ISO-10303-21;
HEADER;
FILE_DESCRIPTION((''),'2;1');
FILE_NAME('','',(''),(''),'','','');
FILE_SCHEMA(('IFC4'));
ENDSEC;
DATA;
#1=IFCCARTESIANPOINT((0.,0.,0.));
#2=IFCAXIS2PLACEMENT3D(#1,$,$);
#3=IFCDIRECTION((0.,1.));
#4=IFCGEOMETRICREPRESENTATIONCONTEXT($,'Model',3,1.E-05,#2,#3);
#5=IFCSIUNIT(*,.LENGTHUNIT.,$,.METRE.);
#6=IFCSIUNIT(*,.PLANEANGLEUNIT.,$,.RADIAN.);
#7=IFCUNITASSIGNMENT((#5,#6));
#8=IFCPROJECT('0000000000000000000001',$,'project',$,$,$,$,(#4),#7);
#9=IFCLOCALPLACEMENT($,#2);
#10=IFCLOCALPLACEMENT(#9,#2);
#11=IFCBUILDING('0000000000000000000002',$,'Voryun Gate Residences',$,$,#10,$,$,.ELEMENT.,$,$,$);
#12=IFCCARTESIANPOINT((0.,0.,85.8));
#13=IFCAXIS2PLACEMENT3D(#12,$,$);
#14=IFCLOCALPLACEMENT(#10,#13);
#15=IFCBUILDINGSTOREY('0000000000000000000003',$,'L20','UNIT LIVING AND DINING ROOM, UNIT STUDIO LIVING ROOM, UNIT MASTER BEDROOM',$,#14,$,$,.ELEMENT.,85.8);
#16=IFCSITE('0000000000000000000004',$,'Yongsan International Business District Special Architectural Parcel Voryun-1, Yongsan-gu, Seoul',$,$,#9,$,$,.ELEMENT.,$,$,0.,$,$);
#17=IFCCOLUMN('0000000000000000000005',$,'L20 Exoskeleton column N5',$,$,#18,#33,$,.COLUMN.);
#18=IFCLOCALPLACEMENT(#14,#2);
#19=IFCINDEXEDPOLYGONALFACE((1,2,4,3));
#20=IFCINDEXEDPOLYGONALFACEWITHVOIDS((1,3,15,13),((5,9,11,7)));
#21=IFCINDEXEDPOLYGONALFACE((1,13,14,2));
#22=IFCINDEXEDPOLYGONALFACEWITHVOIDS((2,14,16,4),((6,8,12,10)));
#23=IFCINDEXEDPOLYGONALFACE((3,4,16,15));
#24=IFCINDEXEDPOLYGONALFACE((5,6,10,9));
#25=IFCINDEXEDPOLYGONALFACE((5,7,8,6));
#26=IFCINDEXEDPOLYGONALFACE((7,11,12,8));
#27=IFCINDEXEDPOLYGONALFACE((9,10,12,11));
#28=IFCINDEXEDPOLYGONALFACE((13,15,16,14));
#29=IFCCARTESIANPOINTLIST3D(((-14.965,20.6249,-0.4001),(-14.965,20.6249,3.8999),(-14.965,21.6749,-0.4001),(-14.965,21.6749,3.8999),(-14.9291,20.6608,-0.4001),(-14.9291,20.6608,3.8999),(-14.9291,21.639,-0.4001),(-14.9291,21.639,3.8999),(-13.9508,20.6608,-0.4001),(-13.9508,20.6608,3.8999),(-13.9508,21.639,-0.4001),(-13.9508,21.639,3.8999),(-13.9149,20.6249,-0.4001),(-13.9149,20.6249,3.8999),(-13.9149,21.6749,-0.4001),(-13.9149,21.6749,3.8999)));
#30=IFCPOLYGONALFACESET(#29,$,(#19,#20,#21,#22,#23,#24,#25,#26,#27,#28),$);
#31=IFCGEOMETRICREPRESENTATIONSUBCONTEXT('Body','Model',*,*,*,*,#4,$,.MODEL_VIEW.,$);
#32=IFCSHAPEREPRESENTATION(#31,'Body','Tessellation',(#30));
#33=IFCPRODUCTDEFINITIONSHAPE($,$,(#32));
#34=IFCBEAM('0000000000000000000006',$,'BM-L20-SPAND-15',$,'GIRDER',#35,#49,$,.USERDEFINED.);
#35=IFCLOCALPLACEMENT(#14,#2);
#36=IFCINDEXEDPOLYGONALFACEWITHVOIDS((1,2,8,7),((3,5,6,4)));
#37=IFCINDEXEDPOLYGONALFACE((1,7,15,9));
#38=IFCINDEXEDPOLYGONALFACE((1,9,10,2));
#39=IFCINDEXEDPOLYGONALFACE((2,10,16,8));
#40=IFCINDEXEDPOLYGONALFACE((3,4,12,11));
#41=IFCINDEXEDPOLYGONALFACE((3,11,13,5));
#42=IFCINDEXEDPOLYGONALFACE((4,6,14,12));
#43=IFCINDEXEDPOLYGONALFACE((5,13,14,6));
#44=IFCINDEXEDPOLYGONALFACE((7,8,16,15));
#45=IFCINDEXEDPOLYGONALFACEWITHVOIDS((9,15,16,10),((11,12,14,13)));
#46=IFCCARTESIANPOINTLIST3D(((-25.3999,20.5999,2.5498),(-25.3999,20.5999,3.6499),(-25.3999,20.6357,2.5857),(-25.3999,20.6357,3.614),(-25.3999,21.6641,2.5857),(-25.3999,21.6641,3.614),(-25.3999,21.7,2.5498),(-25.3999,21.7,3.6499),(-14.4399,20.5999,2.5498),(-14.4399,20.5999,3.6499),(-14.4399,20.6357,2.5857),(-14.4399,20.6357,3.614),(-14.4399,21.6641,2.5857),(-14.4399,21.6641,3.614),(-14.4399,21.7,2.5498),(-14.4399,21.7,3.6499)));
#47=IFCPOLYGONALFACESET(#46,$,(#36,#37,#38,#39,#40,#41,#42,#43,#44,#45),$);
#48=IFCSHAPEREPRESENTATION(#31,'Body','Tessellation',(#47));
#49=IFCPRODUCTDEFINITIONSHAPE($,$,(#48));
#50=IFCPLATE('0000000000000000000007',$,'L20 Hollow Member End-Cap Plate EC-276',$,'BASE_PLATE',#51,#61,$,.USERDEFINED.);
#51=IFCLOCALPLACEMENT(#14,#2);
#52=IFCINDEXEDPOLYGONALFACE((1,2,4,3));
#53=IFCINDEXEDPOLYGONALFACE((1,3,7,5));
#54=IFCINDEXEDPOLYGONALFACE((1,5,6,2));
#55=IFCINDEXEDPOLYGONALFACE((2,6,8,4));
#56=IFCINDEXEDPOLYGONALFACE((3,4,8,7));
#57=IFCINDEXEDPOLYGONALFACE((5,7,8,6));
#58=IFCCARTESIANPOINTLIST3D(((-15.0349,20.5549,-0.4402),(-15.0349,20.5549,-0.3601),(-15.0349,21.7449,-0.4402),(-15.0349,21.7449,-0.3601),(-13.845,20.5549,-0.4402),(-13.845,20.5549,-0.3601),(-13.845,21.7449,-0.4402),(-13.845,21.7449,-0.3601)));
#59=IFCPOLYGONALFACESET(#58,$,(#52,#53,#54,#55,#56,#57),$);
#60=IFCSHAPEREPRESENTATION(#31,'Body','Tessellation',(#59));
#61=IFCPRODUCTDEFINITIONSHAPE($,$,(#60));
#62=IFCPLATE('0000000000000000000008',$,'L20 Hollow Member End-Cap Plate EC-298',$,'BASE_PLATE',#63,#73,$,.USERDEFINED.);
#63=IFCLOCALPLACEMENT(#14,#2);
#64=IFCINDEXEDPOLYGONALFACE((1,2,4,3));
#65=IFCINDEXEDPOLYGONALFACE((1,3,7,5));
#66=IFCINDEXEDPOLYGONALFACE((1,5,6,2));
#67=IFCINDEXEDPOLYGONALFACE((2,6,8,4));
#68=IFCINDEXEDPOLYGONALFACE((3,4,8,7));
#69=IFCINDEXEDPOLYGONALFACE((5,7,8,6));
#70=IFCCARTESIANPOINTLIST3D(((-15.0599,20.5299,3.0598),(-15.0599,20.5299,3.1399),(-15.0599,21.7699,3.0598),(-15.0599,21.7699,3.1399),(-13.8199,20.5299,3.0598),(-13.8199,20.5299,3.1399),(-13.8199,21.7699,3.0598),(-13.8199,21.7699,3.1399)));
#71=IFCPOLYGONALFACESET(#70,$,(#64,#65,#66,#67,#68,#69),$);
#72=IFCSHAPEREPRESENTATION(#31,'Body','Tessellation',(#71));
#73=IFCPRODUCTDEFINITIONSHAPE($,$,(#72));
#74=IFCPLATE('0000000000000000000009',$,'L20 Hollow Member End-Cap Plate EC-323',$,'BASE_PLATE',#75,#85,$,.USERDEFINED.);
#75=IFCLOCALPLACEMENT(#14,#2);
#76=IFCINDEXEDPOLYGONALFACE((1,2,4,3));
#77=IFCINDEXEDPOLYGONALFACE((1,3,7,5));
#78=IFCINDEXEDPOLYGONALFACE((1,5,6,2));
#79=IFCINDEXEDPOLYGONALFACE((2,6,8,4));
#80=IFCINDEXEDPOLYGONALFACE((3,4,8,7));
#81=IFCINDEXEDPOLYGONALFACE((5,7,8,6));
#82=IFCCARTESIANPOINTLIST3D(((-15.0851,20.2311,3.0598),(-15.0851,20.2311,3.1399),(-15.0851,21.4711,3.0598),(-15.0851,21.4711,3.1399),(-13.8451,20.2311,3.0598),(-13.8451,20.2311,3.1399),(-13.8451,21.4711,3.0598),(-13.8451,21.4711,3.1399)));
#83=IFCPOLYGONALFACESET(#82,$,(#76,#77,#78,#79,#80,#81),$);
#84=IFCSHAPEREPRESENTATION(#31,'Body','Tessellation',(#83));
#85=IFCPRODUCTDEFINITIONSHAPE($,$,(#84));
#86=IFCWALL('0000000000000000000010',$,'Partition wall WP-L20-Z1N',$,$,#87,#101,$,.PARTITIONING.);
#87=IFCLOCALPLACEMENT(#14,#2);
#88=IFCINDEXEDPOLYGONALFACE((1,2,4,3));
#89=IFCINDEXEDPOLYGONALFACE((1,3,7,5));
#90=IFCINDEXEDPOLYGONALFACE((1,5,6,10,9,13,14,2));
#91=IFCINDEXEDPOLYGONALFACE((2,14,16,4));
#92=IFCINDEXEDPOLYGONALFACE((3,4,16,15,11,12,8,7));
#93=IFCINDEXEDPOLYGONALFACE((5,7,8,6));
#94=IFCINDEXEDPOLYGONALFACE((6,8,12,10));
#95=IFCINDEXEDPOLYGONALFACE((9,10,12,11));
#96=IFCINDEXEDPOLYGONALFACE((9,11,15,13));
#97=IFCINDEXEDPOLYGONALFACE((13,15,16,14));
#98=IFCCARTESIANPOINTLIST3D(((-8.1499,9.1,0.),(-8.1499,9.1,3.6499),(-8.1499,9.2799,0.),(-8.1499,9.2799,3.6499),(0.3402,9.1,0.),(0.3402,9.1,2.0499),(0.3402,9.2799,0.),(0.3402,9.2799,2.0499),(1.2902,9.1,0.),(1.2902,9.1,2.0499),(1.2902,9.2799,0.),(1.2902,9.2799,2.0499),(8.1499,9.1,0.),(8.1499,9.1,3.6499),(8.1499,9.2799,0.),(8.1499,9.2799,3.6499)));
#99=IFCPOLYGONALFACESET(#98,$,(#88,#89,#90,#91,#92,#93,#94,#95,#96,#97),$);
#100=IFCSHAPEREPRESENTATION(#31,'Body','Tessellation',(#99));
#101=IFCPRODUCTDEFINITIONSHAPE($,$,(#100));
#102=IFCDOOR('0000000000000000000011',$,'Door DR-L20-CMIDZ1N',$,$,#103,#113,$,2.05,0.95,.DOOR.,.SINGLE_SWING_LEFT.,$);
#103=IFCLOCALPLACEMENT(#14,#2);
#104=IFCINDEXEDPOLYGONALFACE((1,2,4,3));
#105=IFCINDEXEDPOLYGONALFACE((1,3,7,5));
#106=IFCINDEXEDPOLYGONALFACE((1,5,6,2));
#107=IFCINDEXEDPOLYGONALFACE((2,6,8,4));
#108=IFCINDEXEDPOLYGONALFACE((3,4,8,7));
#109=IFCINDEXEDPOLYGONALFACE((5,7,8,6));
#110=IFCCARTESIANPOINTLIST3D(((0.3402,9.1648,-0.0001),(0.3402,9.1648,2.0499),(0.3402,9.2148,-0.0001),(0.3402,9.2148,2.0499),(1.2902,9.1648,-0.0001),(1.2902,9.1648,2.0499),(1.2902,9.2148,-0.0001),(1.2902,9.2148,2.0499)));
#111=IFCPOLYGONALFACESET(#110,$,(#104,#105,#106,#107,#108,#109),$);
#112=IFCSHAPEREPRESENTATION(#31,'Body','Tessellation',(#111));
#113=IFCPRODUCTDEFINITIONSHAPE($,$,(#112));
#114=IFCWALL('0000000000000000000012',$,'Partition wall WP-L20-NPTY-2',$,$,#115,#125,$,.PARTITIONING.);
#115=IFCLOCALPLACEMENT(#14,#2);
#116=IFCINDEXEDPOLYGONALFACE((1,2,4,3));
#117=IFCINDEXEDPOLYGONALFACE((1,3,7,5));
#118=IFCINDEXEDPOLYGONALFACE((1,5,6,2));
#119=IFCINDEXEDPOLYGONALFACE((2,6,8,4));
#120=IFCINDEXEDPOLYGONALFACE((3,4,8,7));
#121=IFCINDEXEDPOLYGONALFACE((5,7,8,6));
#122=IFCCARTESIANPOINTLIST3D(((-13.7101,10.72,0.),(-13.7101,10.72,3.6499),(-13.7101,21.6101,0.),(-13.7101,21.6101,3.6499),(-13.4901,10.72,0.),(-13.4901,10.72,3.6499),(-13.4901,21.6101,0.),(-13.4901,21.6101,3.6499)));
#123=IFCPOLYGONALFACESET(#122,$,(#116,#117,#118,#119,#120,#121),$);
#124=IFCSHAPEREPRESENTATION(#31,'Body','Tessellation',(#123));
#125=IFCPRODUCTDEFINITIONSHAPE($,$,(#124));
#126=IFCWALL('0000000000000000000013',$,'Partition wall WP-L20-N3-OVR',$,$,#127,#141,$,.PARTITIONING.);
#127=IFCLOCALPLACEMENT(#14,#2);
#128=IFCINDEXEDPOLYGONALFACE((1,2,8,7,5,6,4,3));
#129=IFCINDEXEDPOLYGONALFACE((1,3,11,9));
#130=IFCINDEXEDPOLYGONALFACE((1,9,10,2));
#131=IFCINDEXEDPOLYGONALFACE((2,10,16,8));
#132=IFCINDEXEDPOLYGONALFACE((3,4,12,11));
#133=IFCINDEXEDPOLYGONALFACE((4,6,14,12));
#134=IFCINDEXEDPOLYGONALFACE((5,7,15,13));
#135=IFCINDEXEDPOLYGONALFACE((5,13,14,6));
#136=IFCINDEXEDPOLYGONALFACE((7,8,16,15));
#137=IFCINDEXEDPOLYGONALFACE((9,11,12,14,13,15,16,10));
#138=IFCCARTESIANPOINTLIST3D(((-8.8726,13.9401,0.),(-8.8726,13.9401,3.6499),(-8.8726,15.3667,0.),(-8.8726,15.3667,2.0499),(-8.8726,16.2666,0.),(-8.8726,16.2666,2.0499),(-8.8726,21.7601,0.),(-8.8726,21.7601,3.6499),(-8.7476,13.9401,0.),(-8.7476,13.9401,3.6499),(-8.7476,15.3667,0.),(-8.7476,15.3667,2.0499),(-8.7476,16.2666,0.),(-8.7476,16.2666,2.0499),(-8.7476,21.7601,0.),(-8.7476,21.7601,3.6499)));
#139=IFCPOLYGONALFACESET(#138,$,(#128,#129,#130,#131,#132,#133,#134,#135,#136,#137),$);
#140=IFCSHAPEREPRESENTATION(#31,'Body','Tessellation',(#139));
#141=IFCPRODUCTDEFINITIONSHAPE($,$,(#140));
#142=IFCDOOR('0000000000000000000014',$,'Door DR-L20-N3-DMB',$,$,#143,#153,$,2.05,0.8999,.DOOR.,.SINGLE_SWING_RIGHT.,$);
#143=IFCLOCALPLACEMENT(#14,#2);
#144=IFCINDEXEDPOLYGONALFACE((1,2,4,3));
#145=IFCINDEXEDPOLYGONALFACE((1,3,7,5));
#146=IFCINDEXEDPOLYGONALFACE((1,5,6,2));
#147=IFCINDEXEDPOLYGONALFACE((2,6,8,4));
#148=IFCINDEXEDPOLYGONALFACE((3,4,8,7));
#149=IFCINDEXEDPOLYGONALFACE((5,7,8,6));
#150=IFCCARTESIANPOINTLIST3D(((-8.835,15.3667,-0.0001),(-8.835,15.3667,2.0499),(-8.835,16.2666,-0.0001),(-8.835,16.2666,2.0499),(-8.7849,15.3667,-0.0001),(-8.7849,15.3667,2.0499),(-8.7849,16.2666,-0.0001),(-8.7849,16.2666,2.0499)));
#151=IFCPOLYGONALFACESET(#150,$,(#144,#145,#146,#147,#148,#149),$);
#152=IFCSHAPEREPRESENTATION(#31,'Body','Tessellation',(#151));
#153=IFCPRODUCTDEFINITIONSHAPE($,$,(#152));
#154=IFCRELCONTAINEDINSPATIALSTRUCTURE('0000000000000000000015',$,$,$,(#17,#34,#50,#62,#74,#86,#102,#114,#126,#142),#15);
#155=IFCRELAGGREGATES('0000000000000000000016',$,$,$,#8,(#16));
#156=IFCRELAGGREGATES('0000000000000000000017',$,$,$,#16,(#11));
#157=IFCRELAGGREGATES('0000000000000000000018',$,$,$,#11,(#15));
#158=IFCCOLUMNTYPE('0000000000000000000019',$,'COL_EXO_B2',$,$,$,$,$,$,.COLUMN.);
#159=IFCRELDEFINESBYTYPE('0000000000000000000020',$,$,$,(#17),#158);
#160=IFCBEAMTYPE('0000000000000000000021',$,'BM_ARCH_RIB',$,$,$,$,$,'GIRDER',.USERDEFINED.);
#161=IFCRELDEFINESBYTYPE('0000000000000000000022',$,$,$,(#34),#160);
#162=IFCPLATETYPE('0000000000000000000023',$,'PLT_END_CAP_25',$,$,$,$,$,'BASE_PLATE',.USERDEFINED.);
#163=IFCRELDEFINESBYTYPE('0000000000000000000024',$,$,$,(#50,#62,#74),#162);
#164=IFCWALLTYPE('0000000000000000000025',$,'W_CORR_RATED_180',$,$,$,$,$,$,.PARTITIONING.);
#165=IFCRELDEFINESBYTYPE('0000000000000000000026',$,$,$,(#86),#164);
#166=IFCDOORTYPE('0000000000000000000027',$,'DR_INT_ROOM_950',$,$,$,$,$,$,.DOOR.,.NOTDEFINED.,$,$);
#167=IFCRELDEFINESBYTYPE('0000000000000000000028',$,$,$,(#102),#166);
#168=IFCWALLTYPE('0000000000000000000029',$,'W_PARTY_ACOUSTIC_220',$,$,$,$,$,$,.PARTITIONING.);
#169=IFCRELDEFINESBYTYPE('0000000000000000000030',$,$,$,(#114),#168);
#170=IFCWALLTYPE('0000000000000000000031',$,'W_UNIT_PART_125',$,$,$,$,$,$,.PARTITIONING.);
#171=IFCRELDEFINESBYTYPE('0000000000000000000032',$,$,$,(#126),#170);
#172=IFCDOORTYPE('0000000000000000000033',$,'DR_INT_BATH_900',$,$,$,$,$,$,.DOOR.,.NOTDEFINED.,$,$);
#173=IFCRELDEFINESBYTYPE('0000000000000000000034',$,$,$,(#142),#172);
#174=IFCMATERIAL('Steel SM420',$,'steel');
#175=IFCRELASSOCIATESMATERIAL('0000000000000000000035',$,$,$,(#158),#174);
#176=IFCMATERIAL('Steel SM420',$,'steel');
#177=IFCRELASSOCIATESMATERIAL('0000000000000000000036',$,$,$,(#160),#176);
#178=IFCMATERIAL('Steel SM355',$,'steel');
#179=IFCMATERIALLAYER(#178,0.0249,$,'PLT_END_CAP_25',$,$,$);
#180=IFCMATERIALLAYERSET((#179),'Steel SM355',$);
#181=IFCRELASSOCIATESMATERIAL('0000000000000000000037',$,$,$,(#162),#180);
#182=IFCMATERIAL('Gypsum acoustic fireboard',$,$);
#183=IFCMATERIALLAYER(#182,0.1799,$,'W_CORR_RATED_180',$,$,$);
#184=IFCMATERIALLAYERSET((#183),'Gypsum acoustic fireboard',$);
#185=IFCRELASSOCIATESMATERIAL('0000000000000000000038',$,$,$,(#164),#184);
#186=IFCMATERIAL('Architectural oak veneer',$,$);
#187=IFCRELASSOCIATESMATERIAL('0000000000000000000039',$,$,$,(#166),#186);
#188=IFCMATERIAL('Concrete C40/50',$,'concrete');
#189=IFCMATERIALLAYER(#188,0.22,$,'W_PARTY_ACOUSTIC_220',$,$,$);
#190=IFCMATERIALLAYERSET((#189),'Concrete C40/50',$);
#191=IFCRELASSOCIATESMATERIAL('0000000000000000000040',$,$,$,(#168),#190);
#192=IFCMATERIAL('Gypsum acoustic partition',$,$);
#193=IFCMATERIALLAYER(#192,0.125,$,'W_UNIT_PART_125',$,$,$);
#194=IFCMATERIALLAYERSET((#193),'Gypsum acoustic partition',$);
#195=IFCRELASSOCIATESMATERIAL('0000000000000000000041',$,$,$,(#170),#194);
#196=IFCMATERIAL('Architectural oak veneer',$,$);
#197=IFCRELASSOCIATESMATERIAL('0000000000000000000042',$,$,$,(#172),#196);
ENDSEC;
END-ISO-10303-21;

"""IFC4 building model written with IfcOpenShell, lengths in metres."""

from ifc_helpers import new_model, si_unit, direction, frame, frame_2d, origin, origin_2d, place, context, subcontext, project, spatial, rectangle, hollow_rectangle, extrude, material, layer, layer_set, material_profile, profile_set, type_object, element, fill, save


model = new_model("IFC4")

# Units and contexts
model_context = context("Model", 3, precision=1e-05, world=origin(), true_north=direction((0.0, 1.0)))
body_context = subcontext(model_context, "Body", "Model", "MODEL_VIEW")
ifc_project = project(units=[si_unit("LENGTHUNIT", "METRE"), si_unit("PLANEANGLEUNIT", "RADIAN")], contexts=[model_context])

# Site, building, storey
site_placement = place(None, origin())
site = spatial("IfcSite", under=ifc_project, at=site_placement, Name="Yongsan International Business District Special Architectural Parcel Voryun-1, Yongsan-gu, Seoul", CompositionType="ELEMENT", RefElevation=0.0)
building_placement = place(site_placement, origin())
building = spatial("IfcBuilding", under=site, at=building_placement, Name="Voryun Gate Residences", CompositionType="ELEMENT")
storey_placement = place(building_placement, frame((0.0, 0.0, 85.8)))
storey = spatial("IfcBuildingStorey", under=building, at=storey_placement, Name="L20", Description="UNIT LIVING AND DINING ROOM, UNIT STUDIO LIVING ROOM, UNIT MASTER BEDROOM", CompositionType="ELEMENT", Elevation=85.8)

# Column
ifc_material_1 = material(Name="Steel SM420", Category="steel")
ifc_material_profile_1 = material_profile(ifc_material_1, hollow_rectangle(XDim=1.05, YDim=1.05, WallThickness=0.0359, at=origin_2d()), Name="BOX-1050x1050x36")
ifc_profile_set_1 = profile_set([ifc_material_profile_1], Name="Steel SM420")
column_type = type_object("IfcColumnType", Name="COL_EXO_B2", PredefinedType="COLUMN", material=ifc_profile_set_1)
column_placement = place(storey_placement, frame((-14.4399, 21.1499, -0.4001), z_axis=(0.0, 0.0, 1.0), x_axis=(1.0, 0.0, 0.0)))
element("IfcColumn", 1, at=column_placement, inside=storey, type_object=column_type, Name="L20 Exoskeleton column N5", PredefinedType="COLUMN", context=body_context, shape_type="SweptSolid", body=[
    extrude(hollow_rectangle(XDim=1.05, YDim=1.05, WallThickness=0.0359, at=origin_2d()), origin(), (0.0, 0.0, 1.0), 4.3),
])

# Beam
ifc_material_2 = material(Name="Steel SM420", Category="steel")
ifc_material_profile_2 = material_profile(ifc_material_2, hollow_rectangle(XDim=1.1001, YDim=1.1001, WallThickness=0.0359, at=origin_2d()), Name="BOX-1100x1100x36")
ifc_profile_set_2 = profile_set([ifc_material_profile_2], Name="Steel SM420")
beam_type = type_object("IfcBeamType", Name="BM_ARCH_RIB", ElementType="GIRDER", PredefinedType="USERDEFINED", material=ifc_profile_set_2)
beam_placement = place(storey_placement, frame((-14.4399, 21.1499, 3.0999), z_axis=(-1.0, 0.0, 0.0), x_axis=(0.0, -1.0, 0.0)))
element("IfcBeam", 2, at=beam_placement, inside=storey, type_object=beam_type, Name="BM-L20-SPAND-15", ObjectType="GIRDER", PredefinedType="USERDEFINED", context=body_context, shape_type="SweptSolid", body=[
    extrude(hollow_rectangle(XDim=1.1001, YDim=1.1001, WallThickness=0.0359, at=origin_2d()), origin(), (0.0, 0.0, 1.0), 10.96),
])

# Plates
ifc_material_3 = material(Name="Steel SM355", Category="steel")
ifc_layer_1 = layer(ifc_material_3, 0.0249, Name="PLT_END_CAP_25")
ifc_layer_set_1 = layer_set([ifc_layer_1], Name="Steel SM355")
plate_type = type_object("IfcPlateType", Name="PLT_END_CAP_25", ElementType="BASE_PLATE", PredefinedType="USERDEFINED", material=ifc_layer_set_1)
plate_placement = place(storey_placement, frame((-14.4399, 21.1499, -0.4402), z_axis=(0.0, 0.0, 1.0), x_axis=(1.0, 0.0, 0.0)))
element("IfcPlate", 3, at=plate_placement, inside=storey, type_object=plate_type, Name="L20 Hollow Member End-Cap Plate EC-276", ObjectType="BASE_PLATE", PredefinedType="USERDEFINED", context=body_context, shape_type="SweptSolid", body=[
    extrude(rectangle(XDim=1.1899, YDim=1.1899, at=origin_2d()), origin(), (0.0, 0.0, 1.0), 0.0801),
])
for number, where, z_axis, x_axis, name in (
    (4, (-14.4399, 21.1499, 3.0598), (0.0, 0.0, 1.0), (1.0, 0.0, 0.0), "L20 Hollow Member End-Cap Plate EC-298"),
    (5, (-14.4651, 20.8511, 3.0598), (0.0, 0.0, 1.0), (1.0, 0.0, 0.0), "L20 Hollow Member End-Cap Plate EC-323"),
):
    element("IfcPlate", number, at=place(storey_placement, frame(where, z_axis=z_axis, x_axis=x_axis)), inside=storey, type_object=plate_type, Name=name, ObjectType="BASE_PLATE", PredefinedType="USERDEFINED", context=body_context, shape_type="SweptSolid", body=[
        extrude(rectangle(XDim=1.24, YDim=1.24, at=origin_2d()), origin(), (0.0, 0.0, 1.0), 0.0801),
    ])

# Wall, opening, door
ifc_material_4 = material(Name="Gypsum acoustic fireboard")
ifc_layer_2 = layer(ifc_material_4, 0.1799, Name="W_CORR_RATED_180")
ifc_layer_set_2 = layer_set([ifc_layer_2], Name="Gypsum acoustic fireboard")
wall_type_1 = type_object("IfcWallType", Name="W_CORR_RATED_180", PredefinedType="PARTITIONING", material=ifc_layer_set_2)
wall_1_placement = place(storey_placement, frame((-8.1499, 9.1899, 0.0), z_axis=(0.0, 0.0, 1.0), x_axis=(1.0, 0.0, 0.0)))
wall_1 = element("IfcWall", 6, at=wall_1_placement, inside=storey, type_object=wall_type_1, Name="Partition wall WP-L20-Z1N", PredefinedType="PARTITIONING", context=body_context, shape_type="SweptSolid", body=[
    extrude(rectangle(XDim=16.2998, YDim=0.1799, at=frame_2d((8.1499, 0.0))), origin(), (0.0, 0.0, 1.0), 3.6499),
])
opening_1_placement = place(wall_1_placement, frame((8.49, 0.0, 0.0)))
opening_1 = element("IfcOpeningElement", 7, at=opening_1_placement, cuts=wall_1, PredefinedType="OPENING", context=body_context, shape_type="SweptSolid", body=[
    extrude(rectangle(XDim=0.95, YDim=2.05, at=frame_2d((0.4751, 1.0249))), frame((0.0, 0.0999, 0.0), z_axis=(0.0, -1.0, 0.0), x_axis=(1.0, 0.0, 0.0)), (0.0, 0.0, 1.0), 0.2),
])
ifc_material_5 = material(Name="Architectural oak veneer")
door_type_1 = type_object("IfcDoorType", Name="DR_INT_ROOM_950", OperationType="NOTDEFINED", PredefinedType="DOOR", material=ifc_material_5)
door_1_placement = place(opening_1_placement, origin())
door_1 = element("IfcDoor", 8, at=door_1_placement, inside=storey, type_object=door_type_1, Name="Door DR-L20-CMIDZ1N", OperationType="SINGLE_SWING_LEFT", OverallHeight=2.05, OverallWidth=0.95, PredefinedType="DOOR", context=body_context, shape_type="SweptSolid", body=[
    extrude(rectangle(XDim=0.95, YDim=2.05, at=frame_2d((0.4751, 1.0249))), frame((0.0, 0.0249, 0.0), z_axis=(0.0, -1.0, 0.0), x_axis=(1.0, 0.0, 0.0)), (0.0, 0.0, 1.0), 0.05),
])
fill(opening_1, door_1)

# Wall
ifc_material_6 = material(Name="Concrete C40/50", Category="concrete")
ifc_layer_3 = layer(ifc_material_6, 0.22, Name="W_PARTY_ACOUSTIC_220")
ifc_layer_set_3 = layer_set([ifc_layer_3], Name="Concrete C40/50")
wall_type_2 = type_object("IfcWallType", Name="W_PARTY_ACOUSTIC_220", PredefinedType="PARTITIONING", material=ifc_layer_set_3)
wall_2_placement = place(storey_placement, frame((-13.6001, 10.72, 0.0), z_axis=(0.0, 0.0, 1.0), x_axis=(0.0, 1.0, 0.0)))
element("IfcWall", 9, at=wall_2_placement, inside=storey, type_object=wall_type_2, Name="Partition wall WP-L20-NPTY-2", PredefinedType="PARTITIONING", context=body_context, shape_type="SweptSolid", body=[
    extrude(rectangle(XDim=10.8901, YDim=0.22, at=frame_2d((5.4451, 0.0))), origin(), (0.0, 0.0, 1.0), 3.6499),
])

# Wall, opening, door
ifc_material_7 = material(Name="Gypsum acoustic partition")
ifc_layer_4 = layer(ifc_material_7, 0.125, Name="W_UNIT_PART_125")
ifc_layer_set_4 = layer_set([ifc_layer_4], Name="Gypsum acoustic partition")
wall_type_3 = type_object("IfcWallType", Name="W_UNIT_PART_125", PredefinedType="PARTITIONING", material=ifc_layer_set_4)
wall_3_placement = place(storey_placement, frame((-8.8101, 13.9399, 0.0), z_axis=(0.0, 0.0, 1.0), x_axis=(0.0, 1.0, 0.0)))
wall_3 = element("IfcWall", 10, at=wall_3_placement, inside=storey, type_object=wall_type_3, Name="Partition wall WP-L20-N3-OVR", PredefinedType="PARTITIONING", context=body_context, shape_type="SweptSolid", body=[
    extrude(rectangle(XDim=7.8201, YDim=0.125, at=frame_2d((3.9102, 0.0))), origin(), (0.0, 0.0, 1.0), 3.6499),
])
opening_2_placement = place(wall_3_placement, frame((1.4268, 0.0, 0.0)))
opening_2 = element("IfcOpeningElement", 11, at=opening_2_placement, cuts=wall_3, PredefinedType="OPENING", context=body_context, shape_type="SweptSolid", body=[
    extrude(rectangle(XDim=0.8999, YDim=2.05, at=frame_2d((0.45, 1.0249))), frame((0.0, 0.0725, 0.0), z_axis=(0.0, -1.0, 0.0), x_axis=(1.0, 0.0, 0.0)), (0.0, 0.0, 1.0), 0.145),
])
ifc_material_8 = material(Name="Architectural oak veneer")
door_type_2 = type_object("IfcDoorType", Name="DR_INT_BATH_900", OperationType="NOTDEFINED", PredefinedType="DOOR", material=ifc_material_8)
door_2_placement = place(opening_2_placement, origin())
door_2 = element("IfcDoor", 12, at=door_2_placement, inside=storey, type_object=door_type_2, Name="Door DR-L20-N3-DMB", OperationType="SINGLE_SWING_RIGHT", OverallHeight=2.05, OverallWidth=0.8999, PredefinedType="DOOR", context=body_context, shape_type="SweptSolid", body=[
    extrude(rectangle(XDim=0.8999, YDim=2.05, at=frame_2d((0.45, 1.0249))), frame((0.0, 0.0249, 0.0), z_axis=(0.0, -1.0, 0.0), x_axis=(1.0, 0.0, 0.0)), (0.0, 0.0, 1.0), 0.05),
])
fill(opening_2, door_2)

save(model, "model.ifc")
